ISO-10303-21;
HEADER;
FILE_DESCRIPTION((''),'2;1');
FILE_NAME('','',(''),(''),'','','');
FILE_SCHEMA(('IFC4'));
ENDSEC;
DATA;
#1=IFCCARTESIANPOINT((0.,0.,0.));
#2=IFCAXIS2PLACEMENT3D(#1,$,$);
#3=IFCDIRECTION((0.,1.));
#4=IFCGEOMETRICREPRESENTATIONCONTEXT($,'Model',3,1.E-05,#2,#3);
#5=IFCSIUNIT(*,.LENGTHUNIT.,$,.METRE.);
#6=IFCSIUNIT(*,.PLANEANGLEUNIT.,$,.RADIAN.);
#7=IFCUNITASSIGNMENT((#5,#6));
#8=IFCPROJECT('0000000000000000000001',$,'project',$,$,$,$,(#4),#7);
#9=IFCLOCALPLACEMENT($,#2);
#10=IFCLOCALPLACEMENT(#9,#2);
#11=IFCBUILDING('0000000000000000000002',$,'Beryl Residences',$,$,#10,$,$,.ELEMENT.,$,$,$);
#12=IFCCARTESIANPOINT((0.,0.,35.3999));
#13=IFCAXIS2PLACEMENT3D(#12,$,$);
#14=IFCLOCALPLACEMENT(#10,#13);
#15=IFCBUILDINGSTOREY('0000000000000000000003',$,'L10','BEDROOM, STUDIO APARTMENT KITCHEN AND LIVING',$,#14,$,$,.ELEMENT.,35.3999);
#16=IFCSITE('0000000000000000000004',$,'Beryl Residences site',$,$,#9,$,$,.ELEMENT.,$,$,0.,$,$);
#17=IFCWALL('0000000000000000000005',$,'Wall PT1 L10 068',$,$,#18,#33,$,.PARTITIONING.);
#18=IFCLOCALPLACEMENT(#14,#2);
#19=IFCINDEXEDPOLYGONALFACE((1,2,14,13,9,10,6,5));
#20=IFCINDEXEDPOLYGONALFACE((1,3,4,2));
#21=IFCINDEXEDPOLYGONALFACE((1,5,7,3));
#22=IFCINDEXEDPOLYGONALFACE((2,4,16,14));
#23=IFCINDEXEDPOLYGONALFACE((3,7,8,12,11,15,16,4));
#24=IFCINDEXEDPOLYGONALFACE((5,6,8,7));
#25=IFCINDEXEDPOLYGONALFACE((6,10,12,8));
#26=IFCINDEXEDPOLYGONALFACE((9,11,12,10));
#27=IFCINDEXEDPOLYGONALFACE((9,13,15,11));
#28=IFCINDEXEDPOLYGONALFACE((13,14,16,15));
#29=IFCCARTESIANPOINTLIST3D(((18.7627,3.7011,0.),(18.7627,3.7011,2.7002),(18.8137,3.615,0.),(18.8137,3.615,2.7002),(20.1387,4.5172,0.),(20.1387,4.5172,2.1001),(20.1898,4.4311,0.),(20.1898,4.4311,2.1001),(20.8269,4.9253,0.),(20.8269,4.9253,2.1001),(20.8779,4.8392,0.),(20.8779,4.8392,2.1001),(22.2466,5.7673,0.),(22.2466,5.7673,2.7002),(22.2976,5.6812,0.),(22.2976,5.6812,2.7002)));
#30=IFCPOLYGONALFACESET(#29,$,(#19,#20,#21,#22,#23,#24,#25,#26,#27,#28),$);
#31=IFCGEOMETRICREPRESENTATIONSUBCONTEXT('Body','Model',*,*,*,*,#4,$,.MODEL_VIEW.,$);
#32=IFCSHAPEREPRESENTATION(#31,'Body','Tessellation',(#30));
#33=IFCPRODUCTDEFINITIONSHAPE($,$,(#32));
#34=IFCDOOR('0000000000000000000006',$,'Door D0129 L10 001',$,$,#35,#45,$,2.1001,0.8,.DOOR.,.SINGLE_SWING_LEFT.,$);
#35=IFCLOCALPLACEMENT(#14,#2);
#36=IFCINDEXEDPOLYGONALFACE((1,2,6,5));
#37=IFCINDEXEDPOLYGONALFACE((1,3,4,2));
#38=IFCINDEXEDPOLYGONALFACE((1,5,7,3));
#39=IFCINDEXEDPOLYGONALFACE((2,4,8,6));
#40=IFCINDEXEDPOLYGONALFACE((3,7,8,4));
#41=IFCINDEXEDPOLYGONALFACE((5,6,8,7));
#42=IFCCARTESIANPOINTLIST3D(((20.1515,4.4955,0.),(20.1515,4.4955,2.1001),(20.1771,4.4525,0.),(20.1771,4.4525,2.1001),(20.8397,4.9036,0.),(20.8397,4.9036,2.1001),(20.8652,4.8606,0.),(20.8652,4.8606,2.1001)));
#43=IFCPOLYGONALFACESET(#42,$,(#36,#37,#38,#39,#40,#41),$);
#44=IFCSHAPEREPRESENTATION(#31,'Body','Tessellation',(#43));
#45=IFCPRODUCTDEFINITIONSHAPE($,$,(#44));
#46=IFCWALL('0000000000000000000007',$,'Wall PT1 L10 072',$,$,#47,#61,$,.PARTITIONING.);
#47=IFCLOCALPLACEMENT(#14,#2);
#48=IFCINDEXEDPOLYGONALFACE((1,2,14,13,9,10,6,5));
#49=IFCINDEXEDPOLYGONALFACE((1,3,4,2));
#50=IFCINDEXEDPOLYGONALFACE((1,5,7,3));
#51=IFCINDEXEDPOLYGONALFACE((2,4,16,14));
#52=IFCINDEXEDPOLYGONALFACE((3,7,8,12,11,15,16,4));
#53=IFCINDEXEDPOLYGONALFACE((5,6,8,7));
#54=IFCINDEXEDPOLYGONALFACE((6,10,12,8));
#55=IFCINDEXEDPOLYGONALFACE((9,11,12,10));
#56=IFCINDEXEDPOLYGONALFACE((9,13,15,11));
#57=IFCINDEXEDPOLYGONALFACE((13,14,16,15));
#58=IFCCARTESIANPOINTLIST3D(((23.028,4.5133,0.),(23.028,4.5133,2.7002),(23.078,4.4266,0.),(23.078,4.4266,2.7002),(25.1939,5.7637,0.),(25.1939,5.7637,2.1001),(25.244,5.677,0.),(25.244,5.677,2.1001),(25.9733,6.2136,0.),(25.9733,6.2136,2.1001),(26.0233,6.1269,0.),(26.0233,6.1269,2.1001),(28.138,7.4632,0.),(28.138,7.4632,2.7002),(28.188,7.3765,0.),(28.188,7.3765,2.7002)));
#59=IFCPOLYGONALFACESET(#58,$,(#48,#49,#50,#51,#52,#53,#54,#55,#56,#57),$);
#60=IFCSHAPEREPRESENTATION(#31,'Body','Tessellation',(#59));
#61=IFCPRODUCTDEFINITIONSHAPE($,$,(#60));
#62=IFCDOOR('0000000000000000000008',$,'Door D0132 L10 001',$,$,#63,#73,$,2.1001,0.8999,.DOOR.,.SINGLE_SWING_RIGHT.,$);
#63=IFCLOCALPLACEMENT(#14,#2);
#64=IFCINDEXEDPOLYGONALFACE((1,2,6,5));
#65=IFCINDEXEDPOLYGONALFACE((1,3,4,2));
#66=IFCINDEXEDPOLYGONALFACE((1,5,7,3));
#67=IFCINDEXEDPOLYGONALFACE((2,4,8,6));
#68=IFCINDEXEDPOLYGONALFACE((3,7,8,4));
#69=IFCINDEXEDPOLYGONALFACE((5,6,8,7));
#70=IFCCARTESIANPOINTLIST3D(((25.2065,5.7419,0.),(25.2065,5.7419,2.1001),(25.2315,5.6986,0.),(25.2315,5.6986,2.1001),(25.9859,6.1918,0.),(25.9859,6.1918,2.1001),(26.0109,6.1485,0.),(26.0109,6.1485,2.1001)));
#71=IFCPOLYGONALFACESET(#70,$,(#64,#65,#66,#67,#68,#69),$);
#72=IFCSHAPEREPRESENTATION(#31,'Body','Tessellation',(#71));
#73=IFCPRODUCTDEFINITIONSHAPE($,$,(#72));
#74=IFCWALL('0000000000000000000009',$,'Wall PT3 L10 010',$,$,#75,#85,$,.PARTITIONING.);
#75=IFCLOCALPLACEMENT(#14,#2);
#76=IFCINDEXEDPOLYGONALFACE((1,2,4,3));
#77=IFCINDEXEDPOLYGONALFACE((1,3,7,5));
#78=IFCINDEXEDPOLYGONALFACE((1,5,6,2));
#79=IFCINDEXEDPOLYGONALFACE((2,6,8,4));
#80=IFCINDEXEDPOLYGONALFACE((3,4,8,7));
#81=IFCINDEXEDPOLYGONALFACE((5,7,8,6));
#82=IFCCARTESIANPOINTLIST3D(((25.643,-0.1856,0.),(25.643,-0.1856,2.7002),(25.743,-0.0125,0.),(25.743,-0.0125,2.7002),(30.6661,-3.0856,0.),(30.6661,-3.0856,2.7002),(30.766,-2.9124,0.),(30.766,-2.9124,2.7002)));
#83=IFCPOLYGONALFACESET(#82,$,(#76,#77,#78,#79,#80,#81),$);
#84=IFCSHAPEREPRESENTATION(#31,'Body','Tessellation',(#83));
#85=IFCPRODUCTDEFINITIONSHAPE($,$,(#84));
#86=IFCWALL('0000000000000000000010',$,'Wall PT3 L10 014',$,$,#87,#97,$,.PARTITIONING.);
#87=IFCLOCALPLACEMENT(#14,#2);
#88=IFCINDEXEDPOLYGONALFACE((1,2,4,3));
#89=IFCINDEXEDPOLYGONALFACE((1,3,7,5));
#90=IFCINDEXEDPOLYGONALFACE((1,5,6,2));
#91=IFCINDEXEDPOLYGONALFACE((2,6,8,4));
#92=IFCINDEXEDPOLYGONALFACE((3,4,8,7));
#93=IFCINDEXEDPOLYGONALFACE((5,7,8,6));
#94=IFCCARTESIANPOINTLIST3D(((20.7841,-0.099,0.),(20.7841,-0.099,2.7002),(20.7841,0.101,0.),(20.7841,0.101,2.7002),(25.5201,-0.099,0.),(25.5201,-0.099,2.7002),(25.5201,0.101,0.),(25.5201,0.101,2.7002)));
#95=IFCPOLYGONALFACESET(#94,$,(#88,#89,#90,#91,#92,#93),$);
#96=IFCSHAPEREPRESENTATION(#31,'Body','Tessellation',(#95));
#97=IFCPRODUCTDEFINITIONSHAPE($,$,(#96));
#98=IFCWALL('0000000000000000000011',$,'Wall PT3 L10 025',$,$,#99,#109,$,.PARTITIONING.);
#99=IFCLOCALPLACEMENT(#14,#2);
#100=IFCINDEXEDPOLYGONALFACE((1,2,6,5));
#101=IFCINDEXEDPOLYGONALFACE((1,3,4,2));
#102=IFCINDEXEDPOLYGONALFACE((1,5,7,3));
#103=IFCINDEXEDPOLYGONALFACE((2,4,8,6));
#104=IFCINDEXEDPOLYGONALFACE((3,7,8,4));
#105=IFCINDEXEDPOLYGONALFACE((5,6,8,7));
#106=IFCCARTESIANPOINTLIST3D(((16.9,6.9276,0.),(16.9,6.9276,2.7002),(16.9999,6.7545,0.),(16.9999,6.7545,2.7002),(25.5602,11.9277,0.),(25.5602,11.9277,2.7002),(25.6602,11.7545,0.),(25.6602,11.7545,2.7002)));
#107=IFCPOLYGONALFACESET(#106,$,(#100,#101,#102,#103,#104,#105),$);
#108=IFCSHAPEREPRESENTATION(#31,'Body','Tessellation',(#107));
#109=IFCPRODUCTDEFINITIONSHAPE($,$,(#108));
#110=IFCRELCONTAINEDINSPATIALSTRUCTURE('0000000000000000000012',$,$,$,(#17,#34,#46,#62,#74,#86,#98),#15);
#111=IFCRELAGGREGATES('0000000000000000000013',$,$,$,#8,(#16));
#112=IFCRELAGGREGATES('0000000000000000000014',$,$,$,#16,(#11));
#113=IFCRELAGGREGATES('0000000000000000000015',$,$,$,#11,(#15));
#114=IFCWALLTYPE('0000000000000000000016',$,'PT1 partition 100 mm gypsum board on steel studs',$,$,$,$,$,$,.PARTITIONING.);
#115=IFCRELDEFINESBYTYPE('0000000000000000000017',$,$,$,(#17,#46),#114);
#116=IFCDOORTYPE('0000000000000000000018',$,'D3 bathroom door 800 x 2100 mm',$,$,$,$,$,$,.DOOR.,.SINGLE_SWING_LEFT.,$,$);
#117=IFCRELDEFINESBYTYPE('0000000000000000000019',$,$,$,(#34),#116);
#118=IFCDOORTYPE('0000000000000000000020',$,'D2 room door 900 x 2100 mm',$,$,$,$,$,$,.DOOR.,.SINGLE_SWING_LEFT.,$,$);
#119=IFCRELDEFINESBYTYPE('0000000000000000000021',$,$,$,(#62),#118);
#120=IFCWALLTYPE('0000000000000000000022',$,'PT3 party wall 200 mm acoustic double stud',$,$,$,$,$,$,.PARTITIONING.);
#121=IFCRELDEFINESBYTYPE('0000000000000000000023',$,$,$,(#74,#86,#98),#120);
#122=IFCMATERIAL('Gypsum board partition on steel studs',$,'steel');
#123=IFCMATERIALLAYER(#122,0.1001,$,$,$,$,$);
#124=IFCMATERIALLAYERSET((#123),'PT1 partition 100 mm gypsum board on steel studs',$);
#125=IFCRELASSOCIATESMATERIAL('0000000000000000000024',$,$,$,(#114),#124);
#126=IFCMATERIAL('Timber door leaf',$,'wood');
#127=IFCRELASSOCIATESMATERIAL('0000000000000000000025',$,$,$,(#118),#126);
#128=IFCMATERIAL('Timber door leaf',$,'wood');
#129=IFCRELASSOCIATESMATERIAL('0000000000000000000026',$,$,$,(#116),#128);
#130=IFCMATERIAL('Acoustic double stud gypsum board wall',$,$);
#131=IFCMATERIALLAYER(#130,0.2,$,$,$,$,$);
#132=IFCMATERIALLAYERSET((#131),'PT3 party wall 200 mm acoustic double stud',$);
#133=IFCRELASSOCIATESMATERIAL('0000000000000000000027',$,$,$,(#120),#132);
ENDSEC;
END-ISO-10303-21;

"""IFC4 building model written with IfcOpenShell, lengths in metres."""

from ifc_helpers import new_model, si_unit, direction, frame, frame_2d, origin, place, context, subcontext, project, spatial, rectangle, extrude, material, layer, layer_set, type_object, element, fill, save


model = new_model("IFC4")

# Units and contexts
model_context = context("Model", 3, precision=1e-05, world=origin(), true_north=direction((0.0, 1.0)))
body_context = subcontext(model_context, "Body", "Model", "MODEL_VIEW")
ifc_project = project(units=[si_unit("LENGTHUNIT", "METRE"), si_unit("PLANEANGLEUNIT", "RADIAN")], contexts=[model_context])

# Site, building, storey
site_placement = place(None, origin())
site = spatial("IfcSite", under=ifc_project, at=site_placement, Name="Beryl Residences site", CompositionType="ELEMENT", RefElevation=0.0)
building_placement = place(site_placement, origin())
building = spatial("IfcBuilding", under=site, at=building_placement, Name="Beryl Residences", CompositionType="ELEMENT")
storey_placement = place(building_placement, frame((0.0, 0.0, 35.3999)))
storey = spatial("IfcBuildingStorey", under=building, at=storey_placement, Name="L10", Description="BEDROOM, STUDIO APARTMENT KITCHEN AND LIVING", CompositionType="ELEMENT", Elevation=35.3999)

# Shared definitions
ifc_material_1 = material(Name="Gypsum board partition on steel studs", Category="steel")
ifc_layer_1 = layer(ifc_material_1, 0.1001)
ifc_layer_set_1 = layer_set([ifc_layer_1], Name="PT1 partition 100 mm gypsum board on steel studs")
wall_type_1 = type_object("IfcWallType", Name="PT1 partition 100 mm gypsum board on steel studs", PredefinedType="PARTITIONING", material=ifc_layer_set_1)
ifc_material_2 = material(Name="Timber door leaf", Category="wood")
door_type_1 = type_object("IfcDoorType", Name="D2 room door 900 x 2100 mm", OperationType="SINGLE_SWING_LEFT", PredefinedType="DOOR", material=ifc_material_2)

# Walls, openings, doors
wall_1_placement = place(storey_placement, frame((18.7881, 3.658, 0.0), z_axis=(0.0, 0.0, 1.0), x_axis=(0.860114, 0.510101, 0.0)))
wall_1 = element("IfcWall", 1, at=wall_1_placement, inside=storey, type_object=wall_type_1, Name="Wall PT1 L10 068", PredefinedType="PARTITIONING", context=body_context, shape_type="SweptSolid", body=[
    extrude(rectangle(XDim=4.0505, YDim=0.1001, at=frame_2d((2.0254, 0.0))), origin(), (0.0, 0.0, 1.0), 2.7002),
])
opening_1_placement = place(wall_1_placement, frame((1.6001, 0.0, 0.0)))
opening_1 = element("IfcOpeningElement", 2, at=opening_1_placement, cuts=wall_1, PredefinedType="OPENING", context=body_context, shape_type="SweptSolid", body=[
    extrude(rectangle(XDim=0.8, YDim=2.1001, at=frame_2d((0.3999, 1.05))), frame((0.0, 0.0601, 0.0), z_axis=(0.0, -1.0, 0.0), x_axis=(1.0, 0.0, 0.0)), (0.0, 0.0, 1.0), 0.1201),
])
ifc_material_3 = material(Name="Timber door leaf", Category="wood")
door_type_2 = type_object("IfcDoorType", Name="D3 bathroom door 800 x 2100 mm", OperationType="SINGLE_SWING_LEFT", PredefinedType="DOOR", material=ifc_material_3)
door_1_placement = place(opening_1_placement, origin())
door_1 = element("IfcDoor", 3, at=door_1_placement, inside=storey, type_object=door_type_2, Name="Door D0129 L10 001", OperationType="SINGLE_SWING_LEFT", OverallHeight=2.1001, OverallWidth=0.8, PredefinedType="DOOR", context=body_context, shape_type="SweptSolid", body=[
    extrude(rectangle(XDim=0.8, YDim=2.1001, at=frame_2d((0.3999, 1.05))), frame((0.0, 0.0249, 0.0), z_axis=(0.0, -1.0, 0.0), x_axis=(1.0, 0.0, 0.0)), (0.0, 0.0, 1.0), 0.05),
])
fill(opening_1, door_1)
wall_2_placement = place(storey_placement, frame((23.053, 4.47, 0.0), z_axis=(0.0, 0.0, 1.0), x_axis=(0.866053, 0.499953, 0.0)))
wall_2 = element("IfcWall", 4, at=wall_2_placement, inside=storey, type_object=wall_type_1, Name="Wall PT1 L10 072", PredefinedType="PARTITIONING", context=body_context, shape_type="SweptSolid", body=[
    extrude(rectangle(XDim=5.9004, YDim=0.1001, at=frame_2d((2.9502, 0.0))), origin(), (0.0, 0.0, 1.0), 2.7002),
])
opening_2_placement = place(wall_2_placement, frame((2.501, 0.0, 0.0)))
opening_2 = element("IfcOpeningElement", 5, at=opening_2_placement, cuts=wall_2, PredefinedType="OPENING", context=body_context, shape_type="SweptSolid", body=[
    extrude(rectangle(XDim=0.8999, YDim=2.1001, at=frame_2d((0.45, 1.05))), frame((0.0, 0.0601, 0.0), z_axis=(0.0, -1.0, 0.0), x_axis=(1.0, 0.0, 0.0)), (0.0, 0.0, 1.0), 0.1201),
])
door_2_placement = place(opening_2_placement, origin())
door_2 = element("IfcDoor", 6, at=door_2_placement, inside=storey, type_object=door_type_1, Name="Door D0132 L10 001", OperationType="SINGLE_SWING_RIGHT", OverallHeight=2.1001, OverallWidth=0.8999, PredefinedType="DOOR", context=body_context, shape_type="SweptSolid", body=[
    extrude(rectangle(XDim=0.8999, YDim=2.1001, at=frame_2d((0.45, 1.05))), frame((0.0, 0.0249, 0.0), z_axis=(0.0, -1.0, 0.0), x_axis=(1.0, 0.0, 0.0)), (0.0, 0.0, 1.0), 0.05),
])
fill(opening_2, door_2)

# Walls
ifc_material_4 = material(Name="Acoustic double stud gypsum board wall")
ifc_layer_2 = layer(ifc_material_4, 0.2)
ifc_layer_set_2 = layer_set([ifc_layer_2], Name="PT3 party wall 200 mm acoustic double stud")
wall_type_2 = type_object("IfcWallType", Name="PT3 party wall 200 mm acoustic double stud", PredefinedType="PARTITIONING", material=ifc_layer_set_2)
wall_3_placement = place(storey_placement, frame((25.6931, -0.0991, 0.0), z_axis=(0.0, 0.0, 1.0), x_axis=(0.866033, -0.499987, 0.0)))
element("IfcWall", 7, at=wall_3_placement, inside=storey, type_object=wall_type_2, Name="Wall PT3 L10 010", PredefinedType="PARTITIONING", context=body_context, shape_type="SweptSolid", body=[
    extrude(rectangle(XDim=5.8, YDim=0.2, at=frame_2d((2.8999, 0.0))), origin(), (0.0, 0.0, 1.0), 2.7002),
])
wall_4_placement = place(storey_placement, frame((20.7839, 0.001, 0.0), z_axis=(0.0, 0.0, 1.0), x_axis=(1.0, 0.0, 0.0)))
element("IfcWall", 8, at=wall_4_placement, inside=storey, type_object=wall_type_2, Name="Wall PT3 L10 014", PredefinedType="PARTITIONING", context=body_context, shape_type="SweptSolid", body=[
    extrude(rectangle(XDim=4.7361, YDim=0.2, at=frame_2d((2.3682, 0.0))), origin(), (0.0, 0.0, 1.0), 2.7002),
])
wall_5_placement = place(storey_placement, frame((16.95, 6.8411, 0.0), z_axis=(0.0, 0.0, 1.0), x_axis=(0.866023, 0.500004, 0.0)))
element("IfcWall", 9, at=wall_5_placement, inside=storey, type_object=wall_type_2, Name="Wall PT3 L10 025", PredefinedType="PARTITIONING", context=body_context, shape_type="SweptSolid", body=[
    extrude(rectangle(XDim=10.0, YDim=0.2, at=frame_2d((5.0, 0.0))), origin(), (0.0, 0.0, 1.0), 2.7002),
])

save(model, "model.ifc")
